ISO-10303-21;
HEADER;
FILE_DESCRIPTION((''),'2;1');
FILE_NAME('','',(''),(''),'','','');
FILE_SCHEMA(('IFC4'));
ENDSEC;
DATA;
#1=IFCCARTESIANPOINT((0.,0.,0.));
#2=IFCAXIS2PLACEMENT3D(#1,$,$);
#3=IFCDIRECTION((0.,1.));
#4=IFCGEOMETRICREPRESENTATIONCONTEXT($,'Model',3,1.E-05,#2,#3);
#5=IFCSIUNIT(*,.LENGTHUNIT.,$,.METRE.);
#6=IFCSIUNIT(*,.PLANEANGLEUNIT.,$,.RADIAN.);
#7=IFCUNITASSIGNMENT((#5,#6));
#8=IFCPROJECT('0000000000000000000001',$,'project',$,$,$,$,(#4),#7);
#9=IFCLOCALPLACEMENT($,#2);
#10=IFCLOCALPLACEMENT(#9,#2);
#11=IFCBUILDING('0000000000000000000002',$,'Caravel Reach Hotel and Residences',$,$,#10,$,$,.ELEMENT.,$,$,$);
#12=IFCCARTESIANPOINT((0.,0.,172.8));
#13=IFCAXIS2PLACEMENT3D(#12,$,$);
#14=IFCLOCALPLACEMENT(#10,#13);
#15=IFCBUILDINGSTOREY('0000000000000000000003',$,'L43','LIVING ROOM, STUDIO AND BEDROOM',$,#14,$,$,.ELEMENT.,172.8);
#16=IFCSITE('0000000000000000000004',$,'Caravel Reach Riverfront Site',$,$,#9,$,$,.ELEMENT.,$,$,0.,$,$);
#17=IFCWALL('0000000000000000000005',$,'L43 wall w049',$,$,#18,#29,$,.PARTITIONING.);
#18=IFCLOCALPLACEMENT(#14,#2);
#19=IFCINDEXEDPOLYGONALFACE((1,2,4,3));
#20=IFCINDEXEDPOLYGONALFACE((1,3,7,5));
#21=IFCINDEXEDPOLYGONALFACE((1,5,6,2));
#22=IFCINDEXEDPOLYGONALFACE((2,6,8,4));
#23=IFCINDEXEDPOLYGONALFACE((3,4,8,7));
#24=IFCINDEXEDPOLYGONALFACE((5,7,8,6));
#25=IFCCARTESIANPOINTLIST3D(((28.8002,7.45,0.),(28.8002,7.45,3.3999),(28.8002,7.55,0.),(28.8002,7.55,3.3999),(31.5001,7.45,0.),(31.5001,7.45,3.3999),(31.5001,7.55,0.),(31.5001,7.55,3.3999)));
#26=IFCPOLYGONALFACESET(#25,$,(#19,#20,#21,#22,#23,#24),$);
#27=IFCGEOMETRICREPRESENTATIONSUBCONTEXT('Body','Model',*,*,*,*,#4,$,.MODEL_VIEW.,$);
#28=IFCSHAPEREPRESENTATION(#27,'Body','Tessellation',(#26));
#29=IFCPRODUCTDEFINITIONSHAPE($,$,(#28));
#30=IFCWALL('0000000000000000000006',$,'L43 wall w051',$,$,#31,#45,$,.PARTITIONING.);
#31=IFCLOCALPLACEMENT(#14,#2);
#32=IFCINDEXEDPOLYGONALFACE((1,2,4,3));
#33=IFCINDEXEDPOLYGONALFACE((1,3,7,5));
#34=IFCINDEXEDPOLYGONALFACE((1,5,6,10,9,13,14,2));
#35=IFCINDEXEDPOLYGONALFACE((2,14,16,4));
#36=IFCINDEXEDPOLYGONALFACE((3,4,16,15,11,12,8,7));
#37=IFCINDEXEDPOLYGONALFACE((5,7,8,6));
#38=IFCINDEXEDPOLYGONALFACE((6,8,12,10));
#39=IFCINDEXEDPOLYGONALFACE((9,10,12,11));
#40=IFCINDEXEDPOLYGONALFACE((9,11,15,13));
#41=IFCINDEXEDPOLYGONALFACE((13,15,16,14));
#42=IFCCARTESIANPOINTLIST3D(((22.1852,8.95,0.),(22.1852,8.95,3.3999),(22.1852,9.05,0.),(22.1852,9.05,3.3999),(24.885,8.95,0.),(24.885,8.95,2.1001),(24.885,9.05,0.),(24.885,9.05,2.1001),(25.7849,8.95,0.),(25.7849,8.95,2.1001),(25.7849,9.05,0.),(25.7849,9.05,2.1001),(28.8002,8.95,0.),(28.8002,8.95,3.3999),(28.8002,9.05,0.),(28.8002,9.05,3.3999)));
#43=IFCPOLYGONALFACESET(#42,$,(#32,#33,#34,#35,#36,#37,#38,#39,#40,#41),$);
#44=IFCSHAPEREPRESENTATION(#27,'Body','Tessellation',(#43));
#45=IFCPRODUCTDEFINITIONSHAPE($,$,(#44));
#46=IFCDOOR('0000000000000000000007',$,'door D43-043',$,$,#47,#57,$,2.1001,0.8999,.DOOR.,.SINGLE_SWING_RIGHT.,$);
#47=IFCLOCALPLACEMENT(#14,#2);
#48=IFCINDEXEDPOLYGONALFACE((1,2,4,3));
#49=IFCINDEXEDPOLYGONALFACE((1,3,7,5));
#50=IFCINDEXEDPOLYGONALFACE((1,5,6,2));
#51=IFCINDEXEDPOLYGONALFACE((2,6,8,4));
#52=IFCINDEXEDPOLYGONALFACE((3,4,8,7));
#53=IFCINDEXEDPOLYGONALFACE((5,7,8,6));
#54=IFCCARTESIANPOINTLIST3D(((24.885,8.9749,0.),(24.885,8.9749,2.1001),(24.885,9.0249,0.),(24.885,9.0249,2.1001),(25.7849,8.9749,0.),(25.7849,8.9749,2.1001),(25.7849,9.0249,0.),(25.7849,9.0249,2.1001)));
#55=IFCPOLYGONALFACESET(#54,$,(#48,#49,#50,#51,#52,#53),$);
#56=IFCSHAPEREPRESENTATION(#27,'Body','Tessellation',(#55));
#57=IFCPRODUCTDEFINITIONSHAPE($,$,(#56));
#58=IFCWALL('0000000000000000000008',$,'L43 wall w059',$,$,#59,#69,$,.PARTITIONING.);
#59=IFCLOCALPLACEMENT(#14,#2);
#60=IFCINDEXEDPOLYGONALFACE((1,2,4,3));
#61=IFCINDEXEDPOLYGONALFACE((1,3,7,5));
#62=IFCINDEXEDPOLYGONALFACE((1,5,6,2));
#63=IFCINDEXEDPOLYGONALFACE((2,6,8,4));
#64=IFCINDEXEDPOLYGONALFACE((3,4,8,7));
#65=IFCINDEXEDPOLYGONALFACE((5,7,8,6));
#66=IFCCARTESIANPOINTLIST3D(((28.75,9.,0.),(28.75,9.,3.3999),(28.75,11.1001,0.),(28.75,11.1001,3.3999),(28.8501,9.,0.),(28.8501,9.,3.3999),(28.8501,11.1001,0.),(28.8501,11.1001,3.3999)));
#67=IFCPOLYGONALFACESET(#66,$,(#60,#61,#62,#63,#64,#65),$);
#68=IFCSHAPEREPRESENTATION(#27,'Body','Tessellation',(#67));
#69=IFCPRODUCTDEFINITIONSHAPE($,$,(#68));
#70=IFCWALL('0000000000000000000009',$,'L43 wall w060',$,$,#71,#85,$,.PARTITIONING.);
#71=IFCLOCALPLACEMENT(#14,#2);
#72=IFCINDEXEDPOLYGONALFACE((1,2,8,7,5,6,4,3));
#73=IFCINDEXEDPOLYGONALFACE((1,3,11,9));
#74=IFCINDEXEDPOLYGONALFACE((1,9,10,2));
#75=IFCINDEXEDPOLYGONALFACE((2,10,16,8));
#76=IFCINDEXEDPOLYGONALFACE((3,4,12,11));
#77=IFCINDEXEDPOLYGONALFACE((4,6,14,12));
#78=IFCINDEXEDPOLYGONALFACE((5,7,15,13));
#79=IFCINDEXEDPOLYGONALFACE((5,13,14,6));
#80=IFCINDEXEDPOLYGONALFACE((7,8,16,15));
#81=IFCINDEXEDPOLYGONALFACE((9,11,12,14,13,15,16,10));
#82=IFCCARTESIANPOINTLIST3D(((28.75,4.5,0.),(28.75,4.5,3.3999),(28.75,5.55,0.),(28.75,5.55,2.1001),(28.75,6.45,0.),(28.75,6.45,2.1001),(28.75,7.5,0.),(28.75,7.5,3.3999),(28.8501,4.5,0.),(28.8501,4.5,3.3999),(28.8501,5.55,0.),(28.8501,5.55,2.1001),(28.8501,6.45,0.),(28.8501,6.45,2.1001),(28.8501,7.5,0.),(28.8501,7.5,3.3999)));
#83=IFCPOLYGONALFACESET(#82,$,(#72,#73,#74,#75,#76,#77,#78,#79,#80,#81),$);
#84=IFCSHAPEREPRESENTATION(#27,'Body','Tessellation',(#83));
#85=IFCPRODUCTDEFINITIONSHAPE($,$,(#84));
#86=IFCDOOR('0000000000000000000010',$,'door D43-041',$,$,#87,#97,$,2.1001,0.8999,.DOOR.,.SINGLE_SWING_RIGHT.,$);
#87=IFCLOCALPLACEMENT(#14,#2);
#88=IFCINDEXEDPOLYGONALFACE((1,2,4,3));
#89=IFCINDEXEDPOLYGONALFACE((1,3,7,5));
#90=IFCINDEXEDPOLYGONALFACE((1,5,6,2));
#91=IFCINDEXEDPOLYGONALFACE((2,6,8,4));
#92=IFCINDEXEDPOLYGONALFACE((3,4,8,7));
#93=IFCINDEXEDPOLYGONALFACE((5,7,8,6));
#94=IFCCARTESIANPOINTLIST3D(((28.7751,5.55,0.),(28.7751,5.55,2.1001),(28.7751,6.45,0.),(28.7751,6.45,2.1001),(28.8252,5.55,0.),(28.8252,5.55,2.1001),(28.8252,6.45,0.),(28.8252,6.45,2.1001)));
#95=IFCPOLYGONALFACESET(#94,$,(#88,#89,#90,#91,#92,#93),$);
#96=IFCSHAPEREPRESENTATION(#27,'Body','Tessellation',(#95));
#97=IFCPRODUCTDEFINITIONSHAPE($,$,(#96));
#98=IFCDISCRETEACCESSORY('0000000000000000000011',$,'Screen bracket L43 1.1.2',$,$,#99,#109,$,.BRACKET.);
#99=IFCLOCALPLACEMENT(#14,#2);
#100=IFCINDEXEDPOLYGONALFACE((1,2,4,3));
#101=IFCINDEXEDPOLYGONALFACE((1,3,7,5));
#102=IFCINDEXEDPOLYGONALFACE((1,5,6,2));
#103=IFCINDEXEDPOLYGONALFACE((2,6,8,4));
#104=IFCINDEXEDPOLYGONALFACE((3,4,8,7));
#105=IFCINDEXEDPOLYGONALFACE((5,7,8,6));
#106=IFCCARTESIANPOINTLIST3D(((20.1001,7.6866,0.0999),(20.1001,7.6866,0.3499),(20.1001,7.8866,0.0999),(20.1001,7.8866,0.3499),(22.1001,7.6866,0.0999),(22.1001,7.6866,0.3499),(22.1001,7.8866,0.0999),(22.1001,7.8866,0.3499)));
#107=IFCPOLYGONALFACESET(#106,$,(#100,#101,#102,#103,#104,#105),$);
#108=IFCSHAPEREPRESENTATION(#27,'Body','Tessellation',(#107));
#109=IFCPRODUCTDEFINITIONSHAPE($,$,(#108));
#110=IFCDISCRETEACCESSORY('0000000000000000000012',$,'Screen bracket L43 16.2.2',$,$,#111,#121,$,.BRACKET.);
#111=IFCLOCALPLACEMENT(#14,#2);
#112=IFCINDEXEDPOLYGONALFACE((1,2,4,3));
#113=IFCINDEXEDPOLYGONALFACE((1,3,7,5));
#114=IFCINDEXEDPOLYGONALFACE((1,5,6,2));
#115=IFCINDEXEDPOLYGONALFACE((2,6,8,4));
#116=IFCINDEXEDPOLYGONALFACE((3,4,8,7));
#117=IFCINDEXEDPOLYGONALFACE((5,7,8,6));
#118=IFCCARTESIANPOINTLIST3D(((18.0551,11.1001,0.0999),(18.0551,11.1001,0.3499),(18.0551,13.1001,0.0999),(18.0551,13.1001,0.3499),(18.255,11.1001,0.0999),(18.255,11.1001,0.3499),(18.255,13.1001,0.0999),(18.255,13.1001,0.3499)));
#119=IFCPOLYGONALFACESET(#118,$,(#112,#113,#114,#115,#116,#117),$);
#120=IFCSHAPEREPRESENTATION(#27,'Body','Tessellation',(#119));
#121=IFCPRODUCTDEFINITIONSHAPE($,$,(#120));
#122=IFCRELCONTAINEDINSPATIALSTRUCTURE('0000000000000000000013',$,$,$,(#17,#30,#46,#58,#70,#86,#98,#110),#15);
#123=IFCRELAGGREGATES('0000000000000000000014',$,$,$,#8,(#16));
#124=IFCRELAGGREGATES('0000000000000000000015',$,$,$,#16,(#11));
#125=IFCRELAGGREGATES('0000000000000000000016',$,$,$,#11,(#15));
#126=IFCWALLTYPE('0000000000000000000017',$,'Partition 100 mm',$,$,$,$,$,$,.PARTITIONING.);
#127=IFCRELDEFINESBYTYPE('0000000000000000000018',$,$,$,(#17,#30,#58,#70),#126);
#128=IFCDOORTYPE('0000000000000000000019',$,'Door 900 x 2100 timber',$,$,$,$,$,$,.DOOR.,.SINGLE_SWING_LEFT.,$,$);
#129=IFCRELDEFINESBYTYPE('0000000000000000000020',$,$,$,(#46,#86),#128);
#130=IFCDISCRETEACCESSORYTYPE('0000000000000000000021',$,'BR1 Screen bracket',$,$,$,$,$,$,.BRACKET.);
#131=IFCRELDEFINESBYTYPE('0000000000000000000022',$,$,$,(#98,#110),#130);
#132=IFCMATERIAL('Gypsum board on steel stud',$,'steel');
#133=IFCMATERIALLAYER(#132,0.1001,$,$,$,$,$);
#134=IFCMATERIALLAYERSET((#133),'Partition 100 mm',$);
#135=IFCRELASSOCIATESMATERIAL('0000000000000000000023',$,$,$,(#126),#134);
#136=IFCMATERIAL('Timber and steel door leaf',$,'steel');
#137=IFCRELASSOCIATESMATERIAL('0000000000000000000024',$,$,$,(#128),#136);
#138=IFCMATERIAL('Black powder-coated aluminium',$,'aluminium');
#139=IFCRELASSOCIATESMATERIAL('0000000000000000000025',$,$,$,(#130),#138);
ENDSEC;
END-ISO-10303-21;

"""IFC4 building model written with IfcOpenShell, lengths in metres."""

from ifc_helpers import new_model, si_unit, direction, frame, frame_2d, origin, origin_2d, place, context, subcontext, project, spatial, rectangle, extrude, material, layer, layer_set, type_object, element, fill, save


model = new_model("IFC4")

# Units and contexts
model_context = context("Model", 3, precision=1e-05, world=origin(), true_north=direction((0.0, 1.0)))
body_context = subcontext(model_context, "Body", "Model", "MODEL_VIEW")
ifc_project = project(units=[si_unit("LENGTHUNIT", "METRE"), si_unit("PLANEANGLEUNIT", "RADIAN")], contexts=[model_context])

# Site, building, storey
site_placement = place(None, origin())
site = spatial("IfcSite", under=ifc_project, at=site_placement, Name="Caravel Reach Riverfront Site", CompositionType="ELEMENT", RefElevation=0.0)
building_placement = place(site_placement, origin())
building = spatial("IfcBuilding", under=site, at=building_placement, Name="Caravel Reach Hotel and Residences", CompositionType="ELEMENT")
storey_placement = place(building_placement, frame((0.0, 0.0, 172.8)))
storey = spatial("IfcBuildingStorey", under=building, at=storey_placement, Name="L43", Description="LIVING ROOM, STUDIO AND BEDROOM", CompositionType="ELEMENT", Elevation=172.8)

# Wall
ifc_material_1 = material(Name="Gypsum board on steel stud", Category="steel")
ifc_layer_1 = layer(ifc_material_1, 0.1001)
ifc_layer_set_1 = layer_set([ifc_layer_1], Name="Partition 100 mm")
wall_type_1 = type_object("IfcWallType", Name="Partition 100 mm", PredefinedType="PARTITIONING", material=ifc_layer_set_1)
wall_1_placement = place(storey_placement, frame((28.8, 7.5, 0.0), z_axis=(0.0, 0.0, 1.0), x_axis=(1.0, 0.0, 0.0)))
element("IfcWall", 1, at=wall_1_placement, inside=storey, type_object=wall_type_1, Name="L43 wall w049", PredefinedType="PARTITIONING", context=body_context, shape_type="SweptSolid", body=[
    extrude(rectangle(XDim=2.7, YDim=0.1001, at=frame_2d((1.3501, 0.0))), origin(), (0.0, 0.0, 1.0), 3.3999),
])

# Wall, opening, door
wall_2_placement = place(storey_placement, frame((22.1851, 9.0, 0.0), z_axis=(0.0, 0.0, 1.0), x_axis=(1.0, 0.0, 0.0)))
wall_2 = element("IfcWall", 2, at=wall_2_placement, inside=storey, type_object=wall_type_1, Name="L43 wall w051", PredefinedType="PARTITIONING", context=body_context, shape_type="SweptSolid", body=[
    extrude(rectangle(XDim=6.615, YDim=0.1001, at=frame_2d((3.3076, 0.0))), origin(), (0.0, 0.0, 1.0), 3.3999),
])
opening_1_placement = place(wall_2_placement, frame((2.7, 0.0, 0.0)))
opening_1 = element("IfcOpeningElement", 3, at=opening_1_placement, cuts=wall_2, PredefinedType="OPENING", context=body_context, shape_type="SweptSolid", body=[
    extrude(rectangle(XDim=0.8999, YDim=2.1001, at=frame_2d((0.45, 1.05))), frame((0.0, 0.0601, 0.0), z_axis=(0.0, -1.0, 0.0), x_axis=(1.0, 0.0, 0.0)), (0.0, 0.0, 1.0), 0.1201),
])
ifc_material_2 = material(Name="Timber and steel door leaf", Category="steel")
door_type_1 = type_object("IfcDoorType", Name="Door 900 x 2100 timber", OperationType="SINGLE_SWING_LEFT", PredefinedType="DOOR", material=ifc_material_2)
door_1_placement = place(opening_1_placement, origin())
door_1 = element("IfcDoor", 4, at=door_1_placement, inside=storey, type_object=door_type_1, Name="door D43-043", OperationType="SINGLE_SWING_RIGHT", OverallHeight=2.1001, OverallWidth=0.8999, PredefinedType="DOOR", context=body_context, shape_type="SweptSolid", body=[
    extrude(rectangle(XDim=0.8999, YDim=2.1001, at=frame_2d((0.45, 1.05))), frame((0.0, 0.0249, 0.0), z_axis=(0.0, -1.0, 0.0), x_axis=(1.0, 0.0, 0.0)), (0.0, 0.0, 1.0), 0.05),
])
fill(opening_1, door_1)

# Wall
wall_3_placement = place(storey_placement, frame((28.8, 9.0, 0.0), z_axis=(0.0, 0.0, 1.0), x_axis=(0.0, 1.0, 0.0)))
element("IfcWall", 5, at=wall_3_placement, inside=storey, type_object=wall_type_1, Name="L43 wall w059", PredefinedType="PARTITIONING", context=body_context, shape_type="SweptSolid", body=[
    extrude(rectangle(XDim=2.1001, YDim=0.1001, at=frame_2d((1.05, 0.0))), origin(), (0.0, 0.0, 1.0), 3.3999),
])

# Wall, opening, door
wall_4_placement = place(storey_placement, frame((28.8, 4.5, 0.0), z_axis=(0.0, 0.0, 1.0), x_axis=(0.0, 1.0, 0.0)))
wall_4 = element("IfcWall", 6, at=wall_4_placement, inside=storey, type_object=wall_type_1, Name="L43 wall w060", PredefinedType="PARTITIONING", context=body_context, shape_type="SweptSolid", body=[
    extrude(rectangle(XDim=3.0, YDim=0.1001, at=frame_2d((1.5, 0.0))), origin(), (0.0, 0.0, 1.0), 3.3999),
])
opening_2_placement = place(wall_4_placement, frame((1.05, 0.0, 0.0)))
opening_2 = element("IfcOpeningElement", 7, at=opening_2_placement, cuts=wall_4, PredefinedType="OPENING", context=body_context, shape_type="SweptSolid", body=[
    extrude(rectangle(XDim=0.8999, YDim=2.1001, at=frame_2d((0.45, 1.05))), frame((0.0, 0.0601, 0.0), z_axis=(0.0, -1.0, 0.0), x_axis=(1.0, 0.0, 0.0)), (0.0, 0.0, 1.0), 0.1201),
])
door_2_placement = place(opening_2_placement, origin())
door_2 = element("IfcDoor", 8, at=door_2_placement, inside=storey, type_object=door_type_1, Name="door D43-041", OperationType="SINGLE_SWING_RIGHT", OverallHeight=2.1001, OverallWidth=0.8999, PredefinedType="DOOR", context=body_context, shape_type="SweptSolid", body=[
    extrude(rectangle(XDim=0.8999, YDim=2.1001, at=frame_2d((0.45, 1.05))), frame((0.0, 0.0249, 0.0), z_axis=(0.0, -1.0, 0.0), x_axis=(1.0, 0.0, 0.0)), (0.0, 0.0, 1.0), 0.05),
])
fill(opening_2, door_2)

# Discrete accessories
ifc_material_3 = material(Name="Black powder-coated aluminium", Category="aluminium")
discrete_accessory_type = type_object("IfcDiscreteAccessoryType", Name="BR1 Screen bracket", PredefinedType="BRACKET", material=ifc_material_3)
for number, where, z_axis, x_axis, name in (
    (9, (21.1001, 7.7866, 0.0999), (0.0, 0.0, 1.0), (-1.0, 0.0, 0.0), "Screen bracket L43 1.1.2"),
    (10, (18.155, 12.1001, 0.0999), (0.0, 0.0, 1.0), (0.0, -1.0, 0.0), "Screen bracket L43 16.2.2"),
):
    element("IfcDiscreteAccessory", number, at=place(storey_placement, frame(where, z_axis=z_axis, x_axis=x_axis)), inside=storey, type_object=discrete_accessory_type, Name=name, PredefinedType="BRACKET", context=body_context, shape_type="SweptSolid", body=[
        extrude(rectangle(XDim=2.0, YDim=0.2, at=origin_2d()), origin(), (0.0, 0.0, 1.0), 0.25),
    ])

save(model, "model.ifc")
